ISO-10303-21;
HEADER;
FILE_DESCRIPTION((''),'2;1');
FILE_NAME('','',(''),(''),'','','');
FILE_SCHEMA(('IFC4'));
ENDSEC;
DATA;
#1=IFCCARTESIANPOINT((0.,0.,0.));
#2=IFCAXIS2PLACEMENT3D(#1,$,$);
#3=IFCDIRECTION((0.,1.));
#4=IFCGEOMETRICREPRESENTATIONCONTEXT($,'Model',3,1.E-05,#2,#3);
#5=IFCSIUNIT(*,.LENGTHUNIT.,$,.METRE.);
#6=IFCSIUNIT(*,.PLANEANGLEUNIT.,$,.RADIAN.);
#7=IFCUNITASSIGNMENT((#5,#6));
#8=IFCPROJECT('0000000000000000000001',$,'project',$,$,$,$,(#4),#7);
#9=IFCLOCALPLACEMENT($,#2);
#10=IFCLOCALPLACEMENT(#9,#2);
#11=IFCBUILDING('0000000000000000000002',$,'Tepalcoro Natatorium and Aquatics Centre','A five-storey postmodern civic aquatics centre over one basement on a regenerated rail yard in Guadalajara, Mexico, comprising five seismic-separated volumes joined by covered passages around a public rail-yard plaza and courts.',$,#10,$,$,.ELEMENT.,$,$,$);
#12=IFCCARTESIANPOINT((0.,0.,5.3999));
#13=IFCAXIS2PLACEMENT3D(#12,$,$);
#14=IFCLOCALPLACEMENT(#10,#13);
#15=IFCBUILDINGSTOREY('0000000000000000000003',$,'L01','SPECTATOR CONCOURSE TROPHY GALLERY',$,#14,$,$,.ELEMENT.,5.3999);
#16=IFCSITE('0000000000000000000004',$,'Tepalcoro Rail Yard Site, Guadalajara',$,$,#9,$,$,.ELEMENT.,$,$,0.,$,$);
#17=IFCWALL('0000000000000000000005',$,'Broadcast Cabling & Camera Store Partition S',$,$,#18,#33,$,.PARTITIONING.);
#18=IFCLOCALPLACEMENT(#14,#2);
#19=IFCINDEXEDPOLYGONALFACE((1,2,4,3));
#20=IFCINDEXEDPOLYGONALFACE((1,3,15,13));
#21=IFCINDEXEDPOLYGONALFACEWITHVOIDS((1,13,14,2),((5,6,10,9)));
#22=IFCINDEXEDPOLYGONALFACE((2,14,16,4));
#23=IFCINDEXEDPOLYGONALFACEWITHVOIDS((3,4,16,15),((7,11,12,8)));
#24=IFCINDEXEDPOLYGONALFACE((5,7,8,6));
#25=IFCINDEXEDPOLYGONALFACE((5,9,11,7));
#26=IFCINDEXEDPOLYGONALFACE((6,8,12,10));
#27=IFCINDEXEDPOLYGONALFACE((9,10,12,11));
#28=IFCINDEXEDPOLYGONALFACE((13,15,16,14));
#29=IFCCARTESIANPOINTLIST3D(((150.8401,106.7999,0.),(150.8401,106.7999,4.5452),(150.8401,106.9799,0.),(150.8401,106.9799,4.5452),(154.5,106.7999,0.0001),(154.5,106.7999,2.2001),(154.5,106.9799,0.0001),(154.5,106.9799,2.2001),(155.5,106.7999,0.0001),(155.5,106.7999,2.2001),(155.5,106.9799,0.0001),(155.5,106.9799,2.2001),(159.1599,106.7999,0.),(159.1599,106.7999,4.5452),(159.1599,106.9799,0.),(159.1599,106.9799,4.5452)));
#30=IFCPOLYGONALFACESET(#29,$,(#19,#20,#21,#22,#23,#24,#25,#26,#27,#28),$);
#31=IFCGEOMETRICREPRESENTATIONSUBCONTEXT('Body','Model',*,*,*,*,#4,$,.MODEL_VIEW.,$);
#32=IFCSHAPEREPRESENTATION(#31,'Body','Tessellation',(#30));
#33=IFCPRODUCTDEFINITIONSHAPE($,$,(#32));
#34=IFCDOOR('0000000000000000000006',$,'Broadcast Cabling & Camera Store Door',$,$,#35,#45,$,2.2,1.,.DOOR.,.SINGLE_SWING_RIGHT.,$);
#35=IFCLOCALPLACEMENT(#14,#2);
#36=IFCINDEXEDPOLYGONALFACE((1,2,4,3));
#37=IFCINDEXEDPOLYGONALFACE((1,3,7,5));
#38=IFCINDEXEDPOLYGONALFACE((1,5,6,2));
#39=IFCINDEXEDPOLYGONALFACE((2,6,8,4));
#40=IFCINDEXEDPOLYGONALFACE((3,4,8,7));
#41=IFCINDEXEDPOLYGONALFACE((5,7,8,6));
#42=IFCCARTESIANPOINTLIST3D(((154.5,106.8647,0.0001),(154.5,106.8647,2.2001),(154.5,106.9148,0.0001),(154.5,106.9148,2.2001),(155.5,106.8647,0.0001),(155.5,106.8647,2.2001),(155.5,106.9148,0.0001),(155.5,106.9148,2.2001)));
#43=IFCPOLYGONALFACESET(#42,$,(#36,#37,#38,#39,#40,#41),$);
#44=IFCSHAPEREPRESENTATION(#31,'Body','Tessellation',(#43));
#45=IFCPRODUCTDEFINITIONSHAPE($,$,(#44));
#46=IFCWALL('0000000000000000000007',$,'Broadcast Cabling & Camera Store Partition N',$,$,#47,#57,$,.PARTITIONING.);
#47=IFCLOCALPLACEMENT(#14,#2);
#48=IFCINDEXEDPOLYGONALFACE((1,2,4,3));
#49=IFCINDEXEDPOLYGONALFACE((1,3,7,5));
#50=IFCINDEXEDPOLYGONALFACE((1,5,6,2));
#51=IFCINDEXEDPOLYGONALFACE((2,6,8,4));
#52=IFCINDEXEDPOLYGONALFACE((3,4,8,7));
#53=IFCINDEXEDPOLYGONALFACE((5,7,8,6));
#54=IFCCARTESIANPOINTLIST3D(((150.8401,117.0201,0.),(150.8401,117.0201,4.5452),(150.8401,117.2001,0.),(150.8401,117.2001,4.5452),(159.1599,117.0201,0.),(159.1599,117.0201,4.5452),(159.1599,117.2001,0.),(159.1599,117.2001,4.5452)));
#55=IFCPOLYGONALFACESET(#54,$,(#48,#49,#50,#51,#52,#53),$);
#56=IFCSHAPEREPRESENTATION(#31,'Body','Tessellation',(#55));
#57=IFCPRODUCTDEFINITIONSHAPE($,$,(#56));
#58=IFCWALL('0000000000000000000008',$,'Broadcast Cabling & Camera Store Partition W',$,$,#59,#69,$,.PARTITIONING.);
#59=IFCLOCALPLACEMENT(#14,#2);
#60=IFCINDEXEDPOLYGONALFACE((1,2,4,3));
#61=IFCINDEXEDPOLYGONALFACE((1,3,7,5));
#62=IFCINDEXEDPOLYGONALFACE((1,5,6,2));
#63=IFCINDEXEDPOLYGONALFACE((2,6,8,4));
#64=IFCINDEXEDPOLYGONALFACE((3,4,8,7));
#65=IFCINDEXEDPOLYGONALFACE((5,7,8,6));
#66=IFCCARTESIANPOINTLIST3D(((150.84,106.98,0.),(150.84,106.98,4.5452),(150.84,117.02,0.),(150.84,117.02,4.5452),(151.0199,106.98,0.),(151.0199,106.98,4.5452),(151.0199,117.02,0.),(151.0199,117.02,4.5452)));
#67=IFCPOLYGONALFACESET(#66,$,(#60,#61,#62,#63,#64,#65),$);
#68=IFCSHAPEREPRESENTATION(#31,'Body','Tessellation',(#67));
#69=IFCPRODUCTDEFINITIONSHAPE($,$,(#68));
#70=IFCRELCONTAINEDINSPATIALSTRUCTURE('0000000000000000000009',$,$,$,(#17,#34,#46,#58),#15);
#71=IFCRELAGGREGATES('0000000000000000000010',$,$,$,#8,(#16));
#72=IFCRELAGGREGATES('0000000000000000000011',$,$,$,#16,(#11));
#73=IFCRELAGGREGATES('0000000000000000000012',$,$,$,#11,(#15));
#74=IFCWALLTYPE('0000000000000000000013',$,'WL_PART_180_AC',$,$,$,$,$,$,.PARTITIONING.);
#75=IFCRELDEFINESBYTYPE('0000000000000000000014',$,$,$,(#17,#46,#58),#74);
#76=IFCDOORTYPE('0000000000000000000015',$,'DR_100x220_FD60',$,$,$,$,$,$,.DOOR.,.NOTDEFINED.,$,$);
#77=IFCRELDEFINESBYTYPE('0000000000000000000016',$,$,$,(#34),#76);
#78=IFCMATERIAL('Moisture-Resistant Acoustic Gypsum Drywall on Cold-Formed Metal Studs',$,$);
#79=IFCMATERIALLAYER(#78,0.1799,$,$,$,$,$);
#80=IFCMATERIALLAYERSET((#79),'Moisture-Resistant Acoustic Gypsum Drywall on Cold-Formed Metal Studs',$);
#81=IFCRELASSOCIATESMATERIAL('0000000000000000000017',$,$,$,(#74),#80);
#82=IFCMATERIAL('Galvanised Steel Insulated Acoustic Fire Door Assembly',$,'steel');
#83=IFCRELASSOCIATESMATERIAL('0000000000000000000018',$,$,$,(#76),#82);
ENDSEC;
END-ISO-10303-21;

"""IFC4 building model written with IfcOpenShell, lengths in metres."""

from ifc_helpers import new_model, si_unit, direction, frame, frame_2d, origin, place, context, subcontext, project, spatial, rectangle, extrude, material, layer, layer_set, type_object, element, fill, save


model = new_model("IFC4")

# Units and contexts
model_context = context("Model", 3, precision=1e-05, world=origin(), true_north=direction((0.0, 1.0)))
body_context = subcontext(model_context, "Body", "Model", "MODEL_VIEW")
ifc_project = project(units=[si_unit("LENGTHUNIT", "METRE"), si_unit("PLANEANGLEUNIT", "RADIAN")], contexts=[model_context])

# Site, building, storey
site_placement = place(None, origin())
site = spatial("IfcSite", under=ifc_project, at=site_placement, Name="Tepalcoro Rail Yard Site, Guadalajara", CompositionType="ELEMENT", RefElevation=0.0)
building_placement = place(site_placement, origin())
building = spatial("IfcBuilding", under=site, at=building_placement, Name="Tepalcoro Natatorium and Aquatics Centre", Description="A five-storey postmodern civic aquatics centre over one basement on a regenerated rail yard in Guadalajara, Mexico, comprising five seismic-separated volumes joined by covered passages around a public rail-yard plaza and courts.", CompositionType="ELEMENT")
storey_placement = place(building_placement, frame((0.0, 0.0, 5.3999)))
storey = spatial("IfcBuildingStorey", under=building, at=storey_placement, Name="L01", Description="SPECTATOR CONCOURSE TROPHY GALLERY", CompositionType="ELEMENT", Elevation=5.3999)

# Shared definitions
ifc_material_1 = material(Name="Moisture-Resistant Acoustic Gypsum Drywall on Cold-Formed Metal Studs")

# Wall, opening, door
ifc_layer_1 = layer(ifc_material_1, 0.1799)
ifc_layer_set_1 = layer_set([ifc_layer_1], Name="Moisture-Resistant Acoustic Gypsum Drywall on Cold-Formed Metal Studs")
wall_type_1 = type_object("IfcWallType", Name="WL_PART_180_AC", PredefinedType="PARTITIONING", material=ifc_layer_set_1)
wall_1_placement = place(storey_placement, frame((150.8401, 106.8899, 0.0), z_axis=(0.0, 0.0, 1.0), x_axis=(1.0, 0.0, 0.0)))
wall_1 = element("IfcWall", 1, at=wall_1_placement, inside=storey, type_object=wall_type_1, Name="Broadcast Cabling & Camera Store Partition S", PredefinedType="PARTITIONING", context=body_context, shape_type="SweptSolid", body=[
    extrude(rectangle(XDim=8.3198, YDim=0.1799, at=frame_2d((4.1599, 0.0))), origin(), (0.0, 0.0, 1.0), 4.5452),
])
opening_1_placement = place(wall_1_placement, frame((3.6599, 0.0, 0.0)))
opening_1 = element("IfcOpeningElement", 2, at=opening_1_placement, cuts=wall_1, PredefinedType="OPENING", context=body_context, shape_type="SweptSolid", body=[
    extrude(rectangle(XDim=1.0, YDim=2.2, at=frame_2d((0.5, 1.1001))), frame((0.0, 0.1021, 0.0), z_axis=(0.0, -1.0, 0.0), x_axis=(1.0, 0.0, 0.0)), (0.0, 0.0, 1.0), 0.2039),
])
ifc_material_2 = material(Name="Galvanised Steel Insulated Acoustic Fire Door Assembly", Category="steel")
door_type_1 = type_object("IfcDoorType", Name="DR_100x220_FD60", OperationType="NOTDEFINED", PredefinedType="DOOR", material=ifc_material_2)
door_1_placement = place(opening_1_placement, origin())
door_1 = element("IfcDoor", 3, at=door_1_placement, inside=storey, type_object=door_type_1, Name="Broadcast Cabling & Camera Store Door", OperationType="SINGLE_SWING_RIGHT", OverallHeight=2.2, OverallWidth=1.0, PredefinedType="DOOR", context=body_context, shape_type="SweptSolid", body=[
    extrude(rectangle(XDim=1.0, YDim=2.2, at=frame_2d((0.5, 1.1001))), frame((0.0, 0.0249, 0.0), z_axis=(0.0, -1.0, 0.0), x_axis=(1.0, 0.0, 0.0)), (0.0, 0.0, 1.0), 0.05),
])
fill(opening_1, door_1)

# Walls
wall_2_placement = place(storey_placement, frame((150.8401, 117.1101, 0.0), z_axis=(0.0, 0.0, 1.0), x_axis=(1.0, 0.0, 0.0)))
element("IfcWall", 4, at=wall_2_placement, inside=storey, type_object=wall_type_1, Name="Broadcast Cabling & Camera Store Partition N", PredefinedType="PARTITIONING", context=body_context, shape_type="SweptSolid", body=[
    extrude(rectangle(XDim=8.3198, YDim=0.1799, at=frame_2d((4.1599, 0.0))), origin(), (0.0, 0.0, 1.0), 4.5452),
])
wall_3_placement = place(storey_placement, frame((150.9299, 106.98, 0.0), z_axis=(0.0, 0.0, 1.0), x_axis=(0.0, 1.0, 0.0)))
element("IfcWall", 5, at=wall_3_placement, inside=storey, type_object=wall_type_1, Name="Broadcast Cabling & Camera Store Partition W", PredefinedType="PARTITIONING", context=body_context, shape_type="SweptSolid", body=[
    extrude(rectangle(XDim=10.04, YDim=0.1799, at=frame_2d((5.02, 0.0))), origin(), (0.0, 0.0, 1.0), 4.5452),
])

save(model, "model.ifc")
